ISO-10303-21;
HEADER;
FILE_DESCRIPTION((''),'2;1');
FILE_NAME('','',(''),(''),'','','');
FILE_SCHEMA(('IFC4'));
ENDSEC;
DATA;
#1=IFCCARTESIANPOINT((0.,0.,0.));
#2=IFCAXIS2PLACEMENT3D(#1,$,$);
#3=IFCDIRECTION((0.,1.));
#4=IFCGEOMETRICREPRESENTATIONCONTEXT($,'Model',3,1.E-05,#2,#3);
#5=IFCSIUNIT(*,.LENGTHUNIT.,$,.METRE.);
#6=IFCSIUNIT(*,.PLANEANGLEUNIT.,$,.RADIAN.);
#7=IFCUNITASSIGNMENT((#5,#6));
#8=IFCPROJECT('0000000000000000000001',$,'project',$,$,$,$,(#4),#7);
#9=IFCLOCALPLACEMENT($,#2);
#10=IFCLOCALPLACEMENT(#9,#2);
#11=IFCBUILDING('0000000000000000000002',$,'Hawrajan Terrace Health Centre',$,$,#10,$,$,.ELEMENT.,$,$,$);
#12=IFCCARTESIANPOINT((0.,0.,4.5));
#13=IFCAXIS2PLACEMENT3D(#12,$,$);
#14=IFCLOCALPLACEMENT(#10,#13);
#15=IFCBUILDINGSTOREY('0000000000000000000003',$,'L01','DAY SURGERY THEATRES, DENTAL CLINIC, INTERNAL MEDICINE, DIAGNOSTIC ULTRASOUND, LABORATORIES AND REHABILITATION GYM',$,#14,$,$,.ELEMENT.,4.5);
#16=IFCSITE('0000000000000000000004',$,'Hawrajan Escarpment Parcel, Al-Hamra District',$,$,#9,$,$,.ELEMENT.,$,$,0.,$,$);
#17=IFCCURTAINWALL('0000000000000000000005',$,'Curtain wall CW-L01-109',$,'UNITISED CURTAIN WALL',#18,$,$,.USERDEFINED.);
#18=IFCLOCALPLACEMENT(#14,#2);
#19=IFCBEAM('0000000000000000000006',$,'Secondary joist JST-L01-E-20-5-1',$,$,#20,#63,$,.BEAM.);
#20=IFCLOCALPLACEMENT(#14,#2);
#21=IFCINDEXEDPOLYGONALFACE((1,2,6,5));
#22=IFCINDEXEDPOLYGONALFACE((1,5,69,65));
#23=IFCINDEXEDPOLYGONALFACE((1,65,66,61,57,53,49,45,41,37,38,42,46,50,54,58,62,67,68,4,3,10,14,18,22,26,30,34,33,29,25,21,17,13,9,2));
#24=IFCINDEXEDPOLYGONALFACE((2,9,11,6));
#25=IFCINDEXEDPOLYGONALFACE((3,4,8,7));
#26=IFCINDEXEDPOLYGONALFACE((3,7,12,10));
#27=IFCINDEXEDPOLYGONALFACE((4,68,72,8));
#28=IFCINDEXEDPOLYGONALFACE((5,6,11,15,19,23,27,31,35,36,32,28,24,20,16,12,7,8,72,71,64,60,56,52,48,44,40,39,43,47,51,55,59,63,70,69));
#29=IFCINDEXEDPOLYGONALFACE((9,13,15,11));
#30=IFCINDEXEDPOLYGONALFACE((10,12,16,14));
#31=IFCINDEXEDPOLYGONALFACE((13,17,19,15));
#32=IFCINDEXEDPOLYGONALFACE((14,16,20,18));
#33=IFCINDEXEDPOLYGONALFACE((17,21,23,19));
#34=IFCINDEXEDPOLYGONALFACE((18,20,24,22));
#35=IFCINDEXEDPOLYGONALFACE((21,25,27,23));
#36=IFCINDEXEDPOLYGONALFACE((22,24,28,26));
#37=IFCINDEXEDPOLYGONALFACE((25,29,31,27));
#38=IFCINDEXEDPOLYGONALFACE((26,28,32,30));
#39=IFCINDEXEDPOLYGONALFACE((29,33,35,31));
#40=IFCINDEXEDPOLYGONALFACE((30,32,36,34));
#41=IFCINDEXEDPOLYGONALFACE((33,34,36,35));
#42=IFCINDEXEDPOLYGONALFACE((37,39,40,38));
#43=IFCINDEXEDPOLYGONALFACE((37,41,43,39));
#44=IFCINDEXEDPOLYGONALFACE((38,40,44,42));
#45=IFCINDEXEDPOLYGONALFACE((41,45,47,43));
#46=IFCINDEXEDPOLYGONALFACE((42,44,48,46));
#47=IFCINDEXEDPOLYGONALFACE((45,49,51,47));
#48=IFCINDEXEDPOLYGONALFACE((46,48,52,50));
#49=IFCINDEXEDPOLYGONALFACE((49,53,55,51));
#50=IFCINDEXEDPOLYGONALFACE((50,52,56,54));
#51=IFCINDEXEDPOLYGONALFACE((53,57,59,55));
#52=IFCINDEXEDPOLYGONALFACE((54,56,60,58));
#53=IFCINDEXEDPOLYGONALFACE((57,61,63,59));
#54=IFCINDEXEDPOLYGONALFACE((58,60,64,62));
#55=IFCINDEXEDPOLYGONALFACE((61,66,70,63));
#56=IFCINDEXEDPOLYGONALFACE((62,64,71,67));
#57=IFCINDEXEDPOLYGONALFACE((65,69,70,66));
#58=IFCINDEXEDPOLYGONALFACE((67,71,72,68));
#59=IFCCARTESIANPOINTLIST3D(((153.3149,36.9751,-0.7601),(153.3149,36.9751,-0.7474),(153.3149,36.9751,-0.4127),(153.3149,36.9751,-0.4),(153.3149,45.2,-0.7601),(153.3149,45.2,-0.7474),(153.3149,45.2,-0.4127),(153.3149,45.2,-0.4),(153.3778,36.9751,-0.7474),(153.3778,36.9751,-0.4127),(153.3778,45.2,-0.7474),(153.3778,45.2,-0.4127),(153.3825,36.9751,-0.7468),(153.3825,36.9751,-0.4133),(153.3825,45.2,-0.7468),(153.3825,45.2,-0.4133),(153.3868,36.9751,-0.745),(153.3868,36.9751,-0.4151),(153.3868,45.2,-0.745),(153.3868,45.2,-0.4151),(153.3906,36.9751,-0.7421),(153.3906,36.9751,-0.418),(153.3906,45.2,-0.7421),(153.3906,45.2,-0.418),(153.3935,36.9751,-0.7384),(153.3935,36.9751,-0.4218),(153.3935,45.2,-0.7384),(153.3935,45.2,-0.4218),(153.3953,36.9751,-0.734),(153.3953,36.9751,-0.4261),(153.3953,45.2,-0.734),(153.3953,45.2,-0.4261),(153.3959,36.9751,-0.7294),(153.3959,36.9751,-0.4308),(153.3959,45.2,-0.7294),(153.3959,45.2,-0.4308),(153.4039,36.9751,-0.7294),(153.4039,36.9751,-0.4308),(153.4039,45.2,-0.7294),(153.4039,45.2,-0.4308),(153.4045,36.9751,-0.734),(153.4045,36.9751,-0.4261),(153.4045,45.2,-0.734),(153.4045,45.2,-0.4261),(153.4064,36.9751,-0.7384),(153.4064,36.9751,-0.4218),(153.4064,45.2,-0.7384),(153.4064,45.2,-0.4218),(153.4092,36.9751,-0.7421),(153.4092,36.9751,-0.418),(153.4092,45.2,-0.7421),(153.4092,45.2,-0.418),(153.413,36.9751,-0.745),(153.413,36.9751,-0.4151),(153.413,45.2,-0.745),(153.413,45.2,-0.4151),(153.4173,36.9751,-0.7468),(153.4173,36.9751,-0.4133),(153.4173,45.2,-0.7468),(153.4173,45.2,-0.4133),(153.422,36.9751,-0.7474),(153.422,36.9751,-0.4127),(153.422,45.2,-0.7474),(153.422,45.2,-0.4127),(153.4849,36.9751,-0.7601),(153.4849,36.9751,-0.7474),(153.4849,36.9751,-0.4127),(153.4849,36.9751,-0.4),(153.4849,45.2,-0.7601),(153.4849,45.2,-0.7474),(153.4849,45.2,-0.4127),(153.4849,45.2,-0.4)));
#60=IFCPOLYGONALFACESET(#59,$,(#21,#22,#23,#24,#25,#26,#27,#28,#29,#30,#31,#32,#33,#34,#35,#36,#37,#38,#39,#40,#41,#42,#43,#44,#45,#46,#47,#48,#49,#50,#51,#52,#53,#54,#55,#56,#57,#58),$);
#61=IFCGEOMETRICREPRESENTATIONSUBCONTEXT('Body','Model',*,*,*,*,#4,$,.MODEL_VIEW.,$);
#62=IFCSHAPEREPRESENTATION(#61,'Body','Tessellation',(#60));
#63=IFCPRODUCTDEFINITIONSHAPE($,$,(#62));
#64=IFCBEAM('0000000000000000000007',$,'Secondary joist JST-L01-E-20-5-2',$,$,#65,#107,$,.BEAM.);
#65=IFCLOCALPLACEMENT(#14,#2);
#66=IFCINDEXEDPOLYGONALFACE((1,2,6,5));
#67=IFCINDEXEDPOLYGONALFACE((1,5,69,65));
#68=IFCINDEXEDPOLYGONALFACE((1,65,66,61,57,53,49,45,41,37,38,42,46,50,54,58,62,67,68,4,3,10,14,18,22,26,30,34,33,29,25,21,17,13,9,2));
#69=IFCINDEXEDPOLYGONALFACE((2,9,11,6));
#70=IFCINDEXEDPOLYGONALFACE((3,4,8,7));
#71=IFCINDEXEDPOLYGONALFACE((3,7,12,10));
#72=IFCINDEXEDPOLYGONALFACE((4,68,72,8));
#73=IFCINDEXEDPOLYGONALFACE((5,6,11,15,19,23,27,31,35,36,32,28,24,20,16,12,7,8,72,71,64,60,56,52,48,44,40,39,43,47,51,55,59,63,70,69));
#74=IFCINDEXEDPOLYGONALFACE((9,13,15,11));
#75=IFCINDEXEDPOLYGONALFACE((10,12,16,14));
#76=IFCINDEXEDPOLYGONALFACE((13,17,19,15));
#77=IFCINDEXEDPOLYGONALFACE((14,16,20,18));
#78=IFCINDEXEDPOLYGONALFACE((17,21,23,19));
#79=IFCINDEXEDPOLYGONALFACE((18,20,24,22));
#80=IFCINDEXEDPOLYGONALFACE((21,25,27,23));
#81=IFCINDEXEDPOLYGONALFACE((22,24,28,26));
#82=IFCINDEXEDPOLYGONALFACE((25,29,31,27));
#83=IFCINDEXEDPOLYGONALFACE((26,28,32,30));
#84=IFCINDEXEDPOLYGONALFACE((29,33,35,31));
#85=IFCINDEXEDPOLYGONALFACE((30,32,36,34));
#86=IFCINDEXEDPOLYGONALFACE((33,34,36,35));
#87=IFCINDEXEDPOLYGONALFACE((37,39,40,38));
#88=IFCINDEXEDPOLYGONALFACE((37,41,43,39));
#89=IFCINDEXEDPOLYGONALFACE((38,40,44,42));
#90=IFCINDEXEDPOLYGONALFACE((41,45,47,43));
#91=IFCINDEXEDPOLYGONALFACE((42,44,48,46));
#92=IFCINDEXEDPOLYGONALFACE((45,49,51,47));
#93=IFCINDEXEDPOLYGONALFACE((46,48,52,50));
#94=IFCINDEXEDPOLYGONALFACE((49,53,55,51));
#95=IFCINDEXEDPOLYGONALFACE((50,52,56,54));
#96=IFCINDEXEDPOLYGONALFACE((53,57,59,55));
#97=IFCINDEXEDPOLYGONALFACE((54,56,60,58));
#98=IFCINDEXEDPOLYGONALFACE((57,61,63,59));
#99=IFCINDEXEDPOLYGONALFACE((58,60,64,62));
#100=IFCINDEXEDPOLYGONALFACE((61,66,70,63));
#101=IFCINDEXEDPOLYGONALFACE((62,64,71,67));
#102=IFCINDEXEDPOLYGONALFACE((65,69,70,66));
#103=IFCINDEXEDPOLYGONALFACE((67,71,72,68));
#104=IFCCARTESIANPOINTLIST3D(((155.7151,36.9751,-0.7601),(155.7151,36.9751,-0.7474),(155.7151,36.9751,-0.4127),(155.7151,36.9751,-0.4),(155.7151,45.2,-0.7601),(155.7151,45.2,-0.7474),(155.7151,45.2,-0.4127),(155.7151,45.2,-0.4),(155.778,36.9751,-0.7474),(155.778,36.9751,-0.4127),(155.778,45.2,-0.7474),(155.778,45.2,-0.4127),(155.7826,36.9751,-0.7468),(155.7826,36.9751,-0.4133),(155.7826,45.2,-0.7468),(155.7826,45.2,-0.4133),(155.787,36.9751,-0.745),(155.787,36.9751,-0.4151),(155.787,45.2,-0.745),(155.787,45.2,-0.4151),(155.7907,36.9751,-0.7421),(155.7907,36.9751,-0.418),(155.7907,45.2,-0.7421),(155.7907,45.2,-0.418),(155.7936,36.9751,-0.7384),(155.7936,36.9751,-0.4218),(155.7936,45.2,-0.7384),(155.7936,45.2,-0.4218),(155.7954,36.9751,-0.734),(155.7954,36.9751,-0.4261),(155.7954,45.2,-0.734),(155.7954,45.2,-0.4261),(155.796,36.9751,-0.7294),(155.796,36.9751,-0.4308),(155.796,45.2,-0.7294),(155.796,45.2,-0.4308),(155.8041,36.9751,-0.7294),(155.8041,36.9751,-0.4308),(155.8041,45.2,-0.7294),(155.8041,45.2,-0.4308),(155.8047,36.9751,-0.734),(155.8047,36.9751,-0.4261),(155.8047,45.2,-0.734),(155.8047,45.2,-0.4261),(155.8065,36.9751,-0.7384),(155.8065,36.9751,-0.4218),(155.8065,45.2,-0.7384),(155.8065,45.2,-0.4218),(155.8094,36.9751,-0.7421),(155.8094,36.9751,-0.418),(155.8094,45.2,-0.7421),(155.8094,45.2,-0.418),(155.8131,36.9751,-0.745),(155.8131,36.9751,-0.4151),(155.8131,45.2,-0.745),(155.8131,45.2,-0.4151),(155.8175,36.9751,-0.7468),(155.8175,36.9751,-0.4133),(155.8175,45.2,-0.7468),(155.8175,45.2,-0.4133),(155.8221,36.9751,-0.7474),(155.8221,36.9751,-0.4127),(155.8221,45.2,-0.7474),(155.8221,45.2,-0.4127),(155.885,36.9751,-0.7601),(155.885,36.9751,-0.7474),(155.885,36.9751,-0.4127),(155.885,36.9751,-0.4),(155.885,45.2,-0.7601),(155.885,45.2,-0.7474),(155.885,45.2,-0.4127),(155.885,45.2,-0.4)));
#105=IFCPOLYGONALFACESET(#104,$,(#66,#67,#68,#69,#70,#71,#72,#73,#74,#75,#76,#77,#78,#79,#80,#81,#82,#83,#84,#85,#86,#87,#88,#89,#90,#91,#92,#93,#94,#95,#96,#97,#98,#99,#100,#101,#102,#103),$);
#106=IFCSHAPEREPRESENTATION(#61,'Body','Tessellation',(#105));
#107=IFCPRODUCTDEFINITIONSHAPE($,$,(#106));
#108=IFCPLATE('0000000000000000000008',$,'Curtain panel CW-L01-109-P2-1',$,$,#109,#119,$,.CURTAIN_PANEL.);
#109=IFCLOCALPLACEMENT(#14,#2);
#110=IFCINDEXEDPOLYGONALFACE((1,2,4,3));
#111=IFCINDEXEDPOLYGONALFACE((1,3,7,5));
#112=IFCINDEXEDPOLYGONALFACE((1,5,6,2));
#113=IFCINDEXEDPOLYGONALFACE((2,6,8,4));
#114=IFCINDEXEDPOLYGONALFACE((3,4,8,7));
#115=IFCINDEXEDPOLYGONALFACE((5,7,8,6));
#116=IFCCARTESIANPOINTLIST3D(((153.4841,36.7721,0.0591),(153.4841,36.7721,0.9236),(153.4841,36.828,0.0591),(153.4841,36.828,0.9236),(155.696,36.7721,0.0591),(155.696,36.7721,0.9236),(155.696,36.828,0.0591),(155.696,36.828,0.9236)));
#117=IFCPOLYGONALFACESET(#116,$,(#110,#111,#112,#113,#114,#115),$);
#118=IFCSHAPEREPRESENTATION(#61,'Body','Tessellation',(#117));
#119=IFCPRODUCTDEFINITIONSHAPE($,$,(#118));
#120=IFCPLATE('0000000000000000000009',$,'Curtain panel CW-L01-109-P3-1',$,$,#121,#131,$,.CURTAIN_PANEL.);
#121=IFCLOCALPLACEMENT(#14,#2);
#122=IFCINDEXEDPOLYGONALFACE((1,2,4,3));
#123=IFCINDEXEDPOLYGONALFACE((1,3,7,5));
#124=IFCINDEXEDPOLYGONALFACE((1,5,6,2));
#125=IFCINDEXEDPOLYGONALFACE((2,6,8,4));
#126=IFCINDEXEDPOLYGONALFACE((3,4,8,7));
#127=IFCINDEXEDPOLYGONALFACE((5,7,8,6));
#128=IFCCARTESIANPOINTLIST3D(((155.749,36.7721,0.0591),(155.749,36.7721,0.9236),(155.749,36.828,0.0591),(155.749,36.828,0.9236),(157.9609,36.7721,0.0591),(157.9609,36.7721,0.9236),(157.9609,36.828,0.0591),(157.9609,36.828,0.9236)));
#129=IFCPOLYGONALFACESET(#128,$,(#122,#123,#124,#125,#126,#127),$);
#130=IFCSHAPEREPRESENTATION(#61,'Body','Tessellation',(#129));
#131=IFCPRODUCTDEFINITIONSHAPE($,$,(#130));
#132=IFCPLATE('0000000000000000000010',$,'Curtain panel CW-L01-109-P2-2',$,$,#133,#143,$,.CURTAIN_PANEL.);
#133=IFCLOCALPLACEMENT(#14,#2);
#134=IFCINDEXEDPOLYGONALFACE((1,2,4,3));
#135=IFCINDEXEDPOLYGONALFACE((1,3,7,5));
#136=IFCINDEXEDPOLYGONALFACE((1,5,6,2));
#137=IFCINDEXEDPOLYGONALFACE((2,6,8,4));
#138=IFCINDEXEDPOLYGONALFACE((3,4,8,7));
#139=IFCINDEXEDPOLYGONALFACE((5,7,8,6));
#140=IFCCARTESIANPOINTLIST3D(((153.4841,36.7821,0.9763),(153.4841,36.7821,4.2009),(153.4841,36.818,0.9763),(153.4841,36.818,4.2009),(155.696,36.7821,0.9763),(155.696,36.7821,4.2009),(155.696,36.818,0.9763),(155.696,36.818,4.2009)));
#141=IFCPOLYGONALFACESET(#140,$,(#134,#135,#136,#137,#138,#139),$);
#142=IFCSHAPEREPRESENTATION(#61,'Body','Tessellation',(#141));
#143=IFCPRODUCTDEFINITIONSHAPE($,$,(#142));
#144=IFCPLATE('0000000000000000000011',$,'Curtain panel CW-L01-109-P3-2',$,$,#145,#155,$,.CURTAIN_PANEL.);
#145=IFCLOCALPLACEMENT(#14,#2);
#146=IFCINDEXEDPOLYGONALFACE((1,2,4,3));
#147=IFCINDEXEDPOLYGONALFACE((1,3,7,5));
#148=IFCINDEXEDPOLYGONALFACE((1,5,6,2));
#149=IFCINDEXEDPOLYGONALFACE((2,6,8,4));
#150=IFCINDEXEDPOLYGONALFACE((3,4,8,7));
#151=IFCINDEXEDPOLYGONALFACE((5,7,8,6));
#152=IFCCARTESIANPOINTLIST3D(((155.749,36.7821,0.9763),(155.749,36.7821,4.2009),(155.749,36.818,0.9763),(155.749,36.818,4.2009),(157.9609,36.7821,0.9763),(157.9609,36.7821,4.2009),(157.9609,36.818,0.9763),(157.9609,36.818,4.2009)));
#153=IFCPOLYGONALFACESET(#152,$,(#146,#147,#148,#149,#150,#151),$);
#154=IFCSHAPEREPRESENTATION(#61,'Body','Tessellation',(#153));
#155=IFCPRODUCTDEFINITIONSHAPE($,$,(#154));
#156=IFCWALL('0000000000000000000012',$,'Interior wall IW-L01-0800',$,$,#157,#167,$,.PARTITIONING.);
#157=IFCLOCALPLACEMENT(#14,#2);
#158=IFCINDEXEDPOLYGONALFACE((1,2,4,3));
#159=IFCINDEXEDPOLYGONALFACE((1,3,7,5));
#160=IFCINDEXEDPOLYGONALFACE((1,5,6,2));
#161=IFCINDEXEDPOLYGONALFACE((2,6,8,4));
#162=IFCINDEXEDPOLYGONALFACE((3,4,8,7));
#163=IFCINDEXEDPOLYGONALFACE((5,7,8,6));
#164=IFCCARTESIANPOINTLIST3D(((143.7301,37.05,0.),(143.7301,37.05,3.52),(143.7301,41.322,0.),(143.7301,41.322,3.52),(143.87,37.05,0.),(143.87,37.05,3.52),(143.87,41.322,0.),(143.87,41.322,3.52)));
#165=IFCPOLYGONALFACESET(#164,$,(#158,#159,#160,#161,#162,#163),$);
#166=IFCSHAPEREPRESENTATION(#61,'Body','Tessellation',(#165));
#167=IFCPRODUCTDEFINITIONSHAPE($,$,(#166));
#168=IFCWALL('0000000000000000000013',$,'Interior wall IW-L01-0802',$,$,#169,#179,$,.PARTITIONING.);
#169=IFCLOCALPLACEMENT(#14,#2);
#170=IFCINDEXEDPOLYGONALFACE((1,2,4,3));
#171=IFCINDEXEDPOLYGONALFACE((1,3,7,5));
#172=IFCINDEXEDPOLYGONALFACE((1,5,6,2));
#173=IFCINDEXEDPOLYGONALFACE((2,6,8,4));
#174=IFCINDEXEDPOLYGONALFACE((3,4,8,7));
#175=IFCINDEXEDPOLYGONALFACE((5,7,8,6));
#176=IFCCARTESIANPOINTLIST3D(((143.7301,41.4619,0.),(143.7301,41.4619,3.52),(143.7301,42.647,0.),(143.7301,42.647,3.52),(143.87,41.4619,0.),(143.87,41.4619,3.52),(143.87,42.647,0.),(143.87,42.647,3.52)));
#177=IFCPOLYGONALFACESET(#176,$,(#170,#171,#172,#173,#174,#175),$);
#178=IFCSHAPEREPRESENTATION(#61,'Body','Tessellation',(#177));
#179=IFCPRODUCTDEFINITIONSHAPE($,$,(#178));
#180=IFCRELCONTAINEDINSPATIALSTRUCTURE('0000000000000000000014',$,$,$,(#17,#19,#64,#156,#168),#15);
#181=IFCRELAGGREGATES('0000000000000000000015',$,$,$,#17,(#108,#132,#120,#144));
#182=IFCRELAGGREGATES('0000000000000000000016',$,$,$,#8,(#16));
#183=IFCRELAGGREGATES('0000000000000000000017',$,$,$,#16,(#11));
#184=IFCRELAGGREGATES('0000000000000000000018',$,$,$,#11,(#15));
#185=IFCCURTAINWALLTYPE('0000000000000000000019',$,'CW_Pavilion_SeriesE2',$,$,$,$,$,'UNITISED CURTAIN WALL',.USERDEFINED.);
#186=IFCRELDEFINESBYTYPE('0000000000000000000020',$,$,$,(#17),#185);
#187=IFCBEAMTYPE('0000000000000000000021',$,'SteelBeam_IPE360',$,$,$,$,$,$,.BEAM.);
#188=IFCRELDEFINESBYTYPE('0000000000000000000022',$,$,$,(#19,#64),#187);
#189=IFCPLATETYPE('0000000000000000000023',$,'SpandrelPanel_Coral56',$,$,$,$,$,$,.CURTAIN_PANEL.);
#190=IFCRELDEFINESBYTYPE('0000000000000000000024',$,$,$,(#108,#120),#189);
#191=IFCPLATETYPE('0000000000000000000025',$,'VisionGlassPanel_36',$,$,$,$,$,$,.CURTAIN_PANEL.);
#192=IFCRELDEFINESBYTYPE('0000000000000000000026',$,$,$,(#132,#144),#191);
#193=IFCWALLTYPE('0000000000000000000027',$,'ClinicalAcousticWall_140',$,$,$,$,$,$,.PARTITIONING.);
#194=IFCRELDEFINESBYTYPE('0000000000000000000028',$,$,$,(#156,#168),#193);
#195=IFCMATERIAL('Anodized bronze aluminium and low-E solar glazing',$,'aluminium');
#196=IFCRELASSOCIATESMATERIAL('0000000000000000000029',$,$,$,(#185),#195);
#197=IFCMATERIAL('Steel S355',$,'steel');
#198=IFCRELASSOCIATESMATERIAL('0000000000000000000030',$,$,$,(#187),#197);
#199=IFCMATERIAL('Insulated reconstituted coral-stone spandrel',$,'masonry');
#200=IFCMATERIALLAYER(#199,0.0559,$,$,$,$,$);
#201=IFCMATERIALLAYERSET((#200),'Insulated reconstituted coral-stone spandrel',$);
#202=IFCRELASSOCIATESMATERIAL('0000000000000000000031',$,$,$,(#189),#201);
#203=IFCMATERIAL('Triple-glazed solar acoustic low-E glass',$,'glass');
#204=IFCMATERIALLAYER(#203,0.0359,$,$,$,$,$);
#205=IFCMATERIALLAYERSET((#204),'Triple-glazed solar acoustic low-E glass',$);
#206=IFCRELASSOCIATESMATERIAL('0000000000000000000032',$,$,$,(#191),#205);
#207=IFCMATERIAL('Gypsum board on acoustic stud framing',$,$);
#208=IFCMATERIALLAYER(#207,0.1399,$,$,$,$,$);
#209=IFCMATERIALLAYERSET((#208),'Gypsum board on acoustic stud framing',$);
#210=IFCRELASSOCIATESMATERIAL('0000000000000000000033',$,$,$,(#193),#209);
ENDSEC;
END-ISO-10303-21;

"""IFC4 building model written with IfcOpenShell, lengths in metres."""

from ifc_helpers import new_model, si_unit, direction, frame, frame_2d, origin, origin_2d, place, context, subcontext, project, spatial, rectangle, i_section, extrude, material, layer, layer_set, material_profile, profile_set, type_object, element, aggregate, save


model = new_model("IFC4")

# Units and contexts
model_context = context("Model", 3, precision=1e-05, world=origin(), true_north=direction((0.0, 1.0)))
body_context = subcontext(model_context, "Body", "Model", "MODEL_VIEW")
ifc_project = project(units=[si_unit("LENGTHUNIT", "METRE"), si_unit("PLANEANGLEUNIT", "RADIAN")], contexts=[model_context])

# Site, building, storey
site_placement = place(None, origin())
site = spatial("IfcSite", under=ifc_project, at=site_placement, Name="Hawrajan Escarpment Parcel, Al-Hamra District", CompositionType="ELEMENT", RefElevation=0.0)
building_placement = place(site_placement, origin())
building = spatial("IfcBuilding", under=site, at=building_placement, Name="Hawrajan Terrace Health Centre", CompositionType="ELEMENT")
storey_placement = place(building_placement, frame((0.0, 0.0, 4.5)))
storey = spatial("IfcBuildingStorey", under=building, at=storey_placement, Name="L01", Description="DAY SURGERY THEATRES, DENTAL CLINIC, INTERNAL MEDICINE, DIAGNOSTIC ULTRASOUND, LABORATORIES AND REHABILITATION GYM", CompositionType="ELEMENT", Elevation=4.5)

# Curtain wall
ifc_material_1 = material(Name="Anodized bronze aluminium and low-E solar glazing", Category="aluminium")
curtain_wall_type = type_object("IfcCurtainWallType", Name="CW_Pavilion_SeriesE2", ElementType="UNITISED CURTAIN WALL", PredefinedType="USERDEFINED", material=ifc_material_1)
curtain_wall_placement = place(storey_placement, origin())
curtain_wall = element("IfcCurtainWall", 1, at=curtain_wall_placement, inside=storey, type_object=curtain_wall_type, Name="Curtain wall CW-L01-109", ObjectType="UNITISED CURTAIN WALL", PredefinedType="USERDEFINED")

# Beams
ifc_material_2 = material(Name="Steel S355", Category="steel")
ifc_material_profile_1 = material_profile(ifc_material_2, i_section(OverallWidth=0.1699, OverallDepth=0.3601, WebThickness=0.0081, FlangeThickness=0.0127, FilletRadius=0.0181, at=origin_2d()), Name="IPE 360")
ifc_profile_set_1 = profile_set([ifc_material_profile_1], Name="Steel S355")
beam_type_1 = type_object("IfcBeamType", Name="SteelBeam_IPE360", PredefinedType="BEAM", material=ifc_profile_set_1)
for number, where, z_axis, x_axis, name in (
    (2, (153.3999, 36.9751, -0.5801), (0.0, 1.0, 0.0), (-1.0, 0.0, 0.0), "Secondary joist JST-L01-E-20-5-1"),
    (3, (155.8, 36.9751, -0.5801), (0.0, 1.0, 0.0), (-1.0, 0.0, 0.0), "Secondary joist JST-L01-E-20-5-2"),
):
    element("IfcBeam", number, at=place(storey_placement, frame(where, z_axis=z_axis, x_axis=x_axis)), inside=storey, type_object=beam_type_1, Name=name, PredefinedType="BEAM", context=body_context, shape_type="SweptSolid", body=[
        extrude(i_section(OverallWidth=0.1699, OverallDepth=0.3601, WebThickness=0.0081, FlangeThickness=0.0127, FilletRadius=0.0181, at=origin_2d()), origin(), (0.0, 0.0, 1.0), 8.2249),
    ])

# Plates
ifc_material_3 = material(Name="Insulated reconstituted coral-stone spandrel", Category="masonry")
ifc_layer_1 = layer(ifc_material_3, 0.0559)
ifc_layer_set_1 = layer_set([ifc_layer_1], Name="Insulated reconstituted coral-stone spandrel")
plate_type_1 = type_object("IfcPlateType", Name="SpandrelPanel_Coral56", PredefinedType="CURTAIN_PANEL", material=ifc_layer_set_1)
plate_1_placement = place(storey_placement, frame((154.5901, 36.8, 0.0591), z_axis=(0.0, 0.0, 1.0), x_axis=(1.0, 0.0, 0.0)))
plate_1 = element("IfcPlate", 4, at=plate_1_placement, type_object=plate_type_1, Name="Curtain panel CW-L01-109-P2-1", PredefinedType="CURTAIN_PANEL", context=body_context, shape_type="SweptSolid", body=[
    extrude(rectangle(XDim=2.2119, YDim=0.0559, at=origin_2d()), origin(), (0.0, 0.0, 1.0), 0.8645),
])
plate_2_placement = place(storey_placement, frame((156.855, 36.8, 0.0591), z_axis=(0.0, 0.0, 1.0), x_axis=(1.0, 0.0, 0.0)))
plate_2 = element("IfcPlate", 5, at=plate_2_placement, type_object=plate_type_1, Name="Curtain panel CW-L01-109-P3-1", PredefinedType="CURTAIN_PANEL", context=body_context, shape_type="SweptSolid", body=[
    extrude(rectangle(XDim=2.2119, YDim=0.0559, at=origin_2d()), origin(), (0.0, 0.0, 1.0), 0.8645),
])
ifc_material_4 = material(Name="Triple-glazed solar acoustic low-E glass", Category="glass")
ifc_layer_2 = layer(ifc_material_4, 0.0359)
ifc_layer_set_2 = layer_set([ifc_layer_2], Name="Triple-glazed solar acoustic low-E glass")
plate_type_2 = type_object("IfcPlateType", Name="VisionGlassPanel_36", PredefinedType="CURTAIN_PANEL", material=ifc_layer_set_2)
plate_3_placement = place(storey_placement, frame((154.5901, 36.8, 0.9763), z_axis=(0.0, 0.0, 1.0), x_axis=(1.0, 0.0, 0.0)))
plate_3 = element("IfcPlate", 6, at=plate_3_placement, type_object=plate_type_2, Name="Curtain panel CW-L01-109-P2-2", PredefinedType="CURTAIN_PANEL", context=body_context, shape_type="SweptSolid", body=[
    extrude(rectangle(XDim=2.2119, YDim=0.0359, at=origin_2d()), origin(), (0.0, 0.0, 1.0), 3.2246),
])
plate_4_placement = place(storey_placement, frame((156.855, 36.8, 0.9763), z_axis=(0.0, 0.0, 1.0), x_axis=(1.0, 0.0, 0.0)))
plate_4 = element("IfcPlate", 7, at=plate_4_placement, type_object=plate_type_2, Name="Curtain panel CW-L01-109-P3-2", PredefinedType="CURTAIN_PANEL", context=body_context, shape_type="SweptSolid", body=[
    extrude(rectangle(XDim=2.2119, YDim=0.0359, at=origin_2d()), origin(), (0.0, 0.0, 1.0), 3.2246),
])
aggregate(curtain_wall, [plate_1, plate_3, plate_2, plate_4])

# Walls
ifc_material_5 = material(Name="Gypsum board on acoustic stud framing")
ifc_layer_3 = layer(ifc_material_5, 0.1399)
ifc_layer_set_3 = layer_set([ifc_layer_3], Name="Gypsum board on acoustic stud framing")
wall_type_1 = type_object("IfcWallType", Name="ClinicalAcousticWall_140", PredefinedType="PARTITIONING", material=ifc_layer_set_3)
wall_1_placement = place(storey_placement, frame((143.8, 37.05, 0.0), z_axis=(0.0, 0.0, 1.0), x_axis=(0.0, 1.0, 0.0)))
element("IfcWall", 8, at=wall_1_placement, inside=storey, type_object=wall_type_1, Name="Interior wall IW-L01-0800", PredefinedType="PARTITIONING", context=body_context, shape_type="SweptSolid", body=[
    extrude(rectangle(XDim=4.272, YDim=0.1399, at=frame_2d((2.136, 0.0))), origin(), (0.0, 0.0, 1.0), 3.52),
])
wall_2_placement = place(storey_placement, frame((143.8, 41.4619, 0.0), z_axis=(0.0, 0.0, 1.0), x_axis=(0.0, 1.0, 0.0)))
element("IfcWall", 9, at=wall_2_placement, inside=storey, type_object=wall_type_1, Name="Interior wall IW-L01-0802", PredefinedType="PARTITIONING", context=body_context, shape_type="SweptSolid", body=[
    extrude(rectangle(XDim=1.1851, YDim=0.1399, at=frame_2d((0.5925, 0.0))), origin(), (0.0, 0.0, 1.0), 3.52),
])

save(model, "model.ifc")
